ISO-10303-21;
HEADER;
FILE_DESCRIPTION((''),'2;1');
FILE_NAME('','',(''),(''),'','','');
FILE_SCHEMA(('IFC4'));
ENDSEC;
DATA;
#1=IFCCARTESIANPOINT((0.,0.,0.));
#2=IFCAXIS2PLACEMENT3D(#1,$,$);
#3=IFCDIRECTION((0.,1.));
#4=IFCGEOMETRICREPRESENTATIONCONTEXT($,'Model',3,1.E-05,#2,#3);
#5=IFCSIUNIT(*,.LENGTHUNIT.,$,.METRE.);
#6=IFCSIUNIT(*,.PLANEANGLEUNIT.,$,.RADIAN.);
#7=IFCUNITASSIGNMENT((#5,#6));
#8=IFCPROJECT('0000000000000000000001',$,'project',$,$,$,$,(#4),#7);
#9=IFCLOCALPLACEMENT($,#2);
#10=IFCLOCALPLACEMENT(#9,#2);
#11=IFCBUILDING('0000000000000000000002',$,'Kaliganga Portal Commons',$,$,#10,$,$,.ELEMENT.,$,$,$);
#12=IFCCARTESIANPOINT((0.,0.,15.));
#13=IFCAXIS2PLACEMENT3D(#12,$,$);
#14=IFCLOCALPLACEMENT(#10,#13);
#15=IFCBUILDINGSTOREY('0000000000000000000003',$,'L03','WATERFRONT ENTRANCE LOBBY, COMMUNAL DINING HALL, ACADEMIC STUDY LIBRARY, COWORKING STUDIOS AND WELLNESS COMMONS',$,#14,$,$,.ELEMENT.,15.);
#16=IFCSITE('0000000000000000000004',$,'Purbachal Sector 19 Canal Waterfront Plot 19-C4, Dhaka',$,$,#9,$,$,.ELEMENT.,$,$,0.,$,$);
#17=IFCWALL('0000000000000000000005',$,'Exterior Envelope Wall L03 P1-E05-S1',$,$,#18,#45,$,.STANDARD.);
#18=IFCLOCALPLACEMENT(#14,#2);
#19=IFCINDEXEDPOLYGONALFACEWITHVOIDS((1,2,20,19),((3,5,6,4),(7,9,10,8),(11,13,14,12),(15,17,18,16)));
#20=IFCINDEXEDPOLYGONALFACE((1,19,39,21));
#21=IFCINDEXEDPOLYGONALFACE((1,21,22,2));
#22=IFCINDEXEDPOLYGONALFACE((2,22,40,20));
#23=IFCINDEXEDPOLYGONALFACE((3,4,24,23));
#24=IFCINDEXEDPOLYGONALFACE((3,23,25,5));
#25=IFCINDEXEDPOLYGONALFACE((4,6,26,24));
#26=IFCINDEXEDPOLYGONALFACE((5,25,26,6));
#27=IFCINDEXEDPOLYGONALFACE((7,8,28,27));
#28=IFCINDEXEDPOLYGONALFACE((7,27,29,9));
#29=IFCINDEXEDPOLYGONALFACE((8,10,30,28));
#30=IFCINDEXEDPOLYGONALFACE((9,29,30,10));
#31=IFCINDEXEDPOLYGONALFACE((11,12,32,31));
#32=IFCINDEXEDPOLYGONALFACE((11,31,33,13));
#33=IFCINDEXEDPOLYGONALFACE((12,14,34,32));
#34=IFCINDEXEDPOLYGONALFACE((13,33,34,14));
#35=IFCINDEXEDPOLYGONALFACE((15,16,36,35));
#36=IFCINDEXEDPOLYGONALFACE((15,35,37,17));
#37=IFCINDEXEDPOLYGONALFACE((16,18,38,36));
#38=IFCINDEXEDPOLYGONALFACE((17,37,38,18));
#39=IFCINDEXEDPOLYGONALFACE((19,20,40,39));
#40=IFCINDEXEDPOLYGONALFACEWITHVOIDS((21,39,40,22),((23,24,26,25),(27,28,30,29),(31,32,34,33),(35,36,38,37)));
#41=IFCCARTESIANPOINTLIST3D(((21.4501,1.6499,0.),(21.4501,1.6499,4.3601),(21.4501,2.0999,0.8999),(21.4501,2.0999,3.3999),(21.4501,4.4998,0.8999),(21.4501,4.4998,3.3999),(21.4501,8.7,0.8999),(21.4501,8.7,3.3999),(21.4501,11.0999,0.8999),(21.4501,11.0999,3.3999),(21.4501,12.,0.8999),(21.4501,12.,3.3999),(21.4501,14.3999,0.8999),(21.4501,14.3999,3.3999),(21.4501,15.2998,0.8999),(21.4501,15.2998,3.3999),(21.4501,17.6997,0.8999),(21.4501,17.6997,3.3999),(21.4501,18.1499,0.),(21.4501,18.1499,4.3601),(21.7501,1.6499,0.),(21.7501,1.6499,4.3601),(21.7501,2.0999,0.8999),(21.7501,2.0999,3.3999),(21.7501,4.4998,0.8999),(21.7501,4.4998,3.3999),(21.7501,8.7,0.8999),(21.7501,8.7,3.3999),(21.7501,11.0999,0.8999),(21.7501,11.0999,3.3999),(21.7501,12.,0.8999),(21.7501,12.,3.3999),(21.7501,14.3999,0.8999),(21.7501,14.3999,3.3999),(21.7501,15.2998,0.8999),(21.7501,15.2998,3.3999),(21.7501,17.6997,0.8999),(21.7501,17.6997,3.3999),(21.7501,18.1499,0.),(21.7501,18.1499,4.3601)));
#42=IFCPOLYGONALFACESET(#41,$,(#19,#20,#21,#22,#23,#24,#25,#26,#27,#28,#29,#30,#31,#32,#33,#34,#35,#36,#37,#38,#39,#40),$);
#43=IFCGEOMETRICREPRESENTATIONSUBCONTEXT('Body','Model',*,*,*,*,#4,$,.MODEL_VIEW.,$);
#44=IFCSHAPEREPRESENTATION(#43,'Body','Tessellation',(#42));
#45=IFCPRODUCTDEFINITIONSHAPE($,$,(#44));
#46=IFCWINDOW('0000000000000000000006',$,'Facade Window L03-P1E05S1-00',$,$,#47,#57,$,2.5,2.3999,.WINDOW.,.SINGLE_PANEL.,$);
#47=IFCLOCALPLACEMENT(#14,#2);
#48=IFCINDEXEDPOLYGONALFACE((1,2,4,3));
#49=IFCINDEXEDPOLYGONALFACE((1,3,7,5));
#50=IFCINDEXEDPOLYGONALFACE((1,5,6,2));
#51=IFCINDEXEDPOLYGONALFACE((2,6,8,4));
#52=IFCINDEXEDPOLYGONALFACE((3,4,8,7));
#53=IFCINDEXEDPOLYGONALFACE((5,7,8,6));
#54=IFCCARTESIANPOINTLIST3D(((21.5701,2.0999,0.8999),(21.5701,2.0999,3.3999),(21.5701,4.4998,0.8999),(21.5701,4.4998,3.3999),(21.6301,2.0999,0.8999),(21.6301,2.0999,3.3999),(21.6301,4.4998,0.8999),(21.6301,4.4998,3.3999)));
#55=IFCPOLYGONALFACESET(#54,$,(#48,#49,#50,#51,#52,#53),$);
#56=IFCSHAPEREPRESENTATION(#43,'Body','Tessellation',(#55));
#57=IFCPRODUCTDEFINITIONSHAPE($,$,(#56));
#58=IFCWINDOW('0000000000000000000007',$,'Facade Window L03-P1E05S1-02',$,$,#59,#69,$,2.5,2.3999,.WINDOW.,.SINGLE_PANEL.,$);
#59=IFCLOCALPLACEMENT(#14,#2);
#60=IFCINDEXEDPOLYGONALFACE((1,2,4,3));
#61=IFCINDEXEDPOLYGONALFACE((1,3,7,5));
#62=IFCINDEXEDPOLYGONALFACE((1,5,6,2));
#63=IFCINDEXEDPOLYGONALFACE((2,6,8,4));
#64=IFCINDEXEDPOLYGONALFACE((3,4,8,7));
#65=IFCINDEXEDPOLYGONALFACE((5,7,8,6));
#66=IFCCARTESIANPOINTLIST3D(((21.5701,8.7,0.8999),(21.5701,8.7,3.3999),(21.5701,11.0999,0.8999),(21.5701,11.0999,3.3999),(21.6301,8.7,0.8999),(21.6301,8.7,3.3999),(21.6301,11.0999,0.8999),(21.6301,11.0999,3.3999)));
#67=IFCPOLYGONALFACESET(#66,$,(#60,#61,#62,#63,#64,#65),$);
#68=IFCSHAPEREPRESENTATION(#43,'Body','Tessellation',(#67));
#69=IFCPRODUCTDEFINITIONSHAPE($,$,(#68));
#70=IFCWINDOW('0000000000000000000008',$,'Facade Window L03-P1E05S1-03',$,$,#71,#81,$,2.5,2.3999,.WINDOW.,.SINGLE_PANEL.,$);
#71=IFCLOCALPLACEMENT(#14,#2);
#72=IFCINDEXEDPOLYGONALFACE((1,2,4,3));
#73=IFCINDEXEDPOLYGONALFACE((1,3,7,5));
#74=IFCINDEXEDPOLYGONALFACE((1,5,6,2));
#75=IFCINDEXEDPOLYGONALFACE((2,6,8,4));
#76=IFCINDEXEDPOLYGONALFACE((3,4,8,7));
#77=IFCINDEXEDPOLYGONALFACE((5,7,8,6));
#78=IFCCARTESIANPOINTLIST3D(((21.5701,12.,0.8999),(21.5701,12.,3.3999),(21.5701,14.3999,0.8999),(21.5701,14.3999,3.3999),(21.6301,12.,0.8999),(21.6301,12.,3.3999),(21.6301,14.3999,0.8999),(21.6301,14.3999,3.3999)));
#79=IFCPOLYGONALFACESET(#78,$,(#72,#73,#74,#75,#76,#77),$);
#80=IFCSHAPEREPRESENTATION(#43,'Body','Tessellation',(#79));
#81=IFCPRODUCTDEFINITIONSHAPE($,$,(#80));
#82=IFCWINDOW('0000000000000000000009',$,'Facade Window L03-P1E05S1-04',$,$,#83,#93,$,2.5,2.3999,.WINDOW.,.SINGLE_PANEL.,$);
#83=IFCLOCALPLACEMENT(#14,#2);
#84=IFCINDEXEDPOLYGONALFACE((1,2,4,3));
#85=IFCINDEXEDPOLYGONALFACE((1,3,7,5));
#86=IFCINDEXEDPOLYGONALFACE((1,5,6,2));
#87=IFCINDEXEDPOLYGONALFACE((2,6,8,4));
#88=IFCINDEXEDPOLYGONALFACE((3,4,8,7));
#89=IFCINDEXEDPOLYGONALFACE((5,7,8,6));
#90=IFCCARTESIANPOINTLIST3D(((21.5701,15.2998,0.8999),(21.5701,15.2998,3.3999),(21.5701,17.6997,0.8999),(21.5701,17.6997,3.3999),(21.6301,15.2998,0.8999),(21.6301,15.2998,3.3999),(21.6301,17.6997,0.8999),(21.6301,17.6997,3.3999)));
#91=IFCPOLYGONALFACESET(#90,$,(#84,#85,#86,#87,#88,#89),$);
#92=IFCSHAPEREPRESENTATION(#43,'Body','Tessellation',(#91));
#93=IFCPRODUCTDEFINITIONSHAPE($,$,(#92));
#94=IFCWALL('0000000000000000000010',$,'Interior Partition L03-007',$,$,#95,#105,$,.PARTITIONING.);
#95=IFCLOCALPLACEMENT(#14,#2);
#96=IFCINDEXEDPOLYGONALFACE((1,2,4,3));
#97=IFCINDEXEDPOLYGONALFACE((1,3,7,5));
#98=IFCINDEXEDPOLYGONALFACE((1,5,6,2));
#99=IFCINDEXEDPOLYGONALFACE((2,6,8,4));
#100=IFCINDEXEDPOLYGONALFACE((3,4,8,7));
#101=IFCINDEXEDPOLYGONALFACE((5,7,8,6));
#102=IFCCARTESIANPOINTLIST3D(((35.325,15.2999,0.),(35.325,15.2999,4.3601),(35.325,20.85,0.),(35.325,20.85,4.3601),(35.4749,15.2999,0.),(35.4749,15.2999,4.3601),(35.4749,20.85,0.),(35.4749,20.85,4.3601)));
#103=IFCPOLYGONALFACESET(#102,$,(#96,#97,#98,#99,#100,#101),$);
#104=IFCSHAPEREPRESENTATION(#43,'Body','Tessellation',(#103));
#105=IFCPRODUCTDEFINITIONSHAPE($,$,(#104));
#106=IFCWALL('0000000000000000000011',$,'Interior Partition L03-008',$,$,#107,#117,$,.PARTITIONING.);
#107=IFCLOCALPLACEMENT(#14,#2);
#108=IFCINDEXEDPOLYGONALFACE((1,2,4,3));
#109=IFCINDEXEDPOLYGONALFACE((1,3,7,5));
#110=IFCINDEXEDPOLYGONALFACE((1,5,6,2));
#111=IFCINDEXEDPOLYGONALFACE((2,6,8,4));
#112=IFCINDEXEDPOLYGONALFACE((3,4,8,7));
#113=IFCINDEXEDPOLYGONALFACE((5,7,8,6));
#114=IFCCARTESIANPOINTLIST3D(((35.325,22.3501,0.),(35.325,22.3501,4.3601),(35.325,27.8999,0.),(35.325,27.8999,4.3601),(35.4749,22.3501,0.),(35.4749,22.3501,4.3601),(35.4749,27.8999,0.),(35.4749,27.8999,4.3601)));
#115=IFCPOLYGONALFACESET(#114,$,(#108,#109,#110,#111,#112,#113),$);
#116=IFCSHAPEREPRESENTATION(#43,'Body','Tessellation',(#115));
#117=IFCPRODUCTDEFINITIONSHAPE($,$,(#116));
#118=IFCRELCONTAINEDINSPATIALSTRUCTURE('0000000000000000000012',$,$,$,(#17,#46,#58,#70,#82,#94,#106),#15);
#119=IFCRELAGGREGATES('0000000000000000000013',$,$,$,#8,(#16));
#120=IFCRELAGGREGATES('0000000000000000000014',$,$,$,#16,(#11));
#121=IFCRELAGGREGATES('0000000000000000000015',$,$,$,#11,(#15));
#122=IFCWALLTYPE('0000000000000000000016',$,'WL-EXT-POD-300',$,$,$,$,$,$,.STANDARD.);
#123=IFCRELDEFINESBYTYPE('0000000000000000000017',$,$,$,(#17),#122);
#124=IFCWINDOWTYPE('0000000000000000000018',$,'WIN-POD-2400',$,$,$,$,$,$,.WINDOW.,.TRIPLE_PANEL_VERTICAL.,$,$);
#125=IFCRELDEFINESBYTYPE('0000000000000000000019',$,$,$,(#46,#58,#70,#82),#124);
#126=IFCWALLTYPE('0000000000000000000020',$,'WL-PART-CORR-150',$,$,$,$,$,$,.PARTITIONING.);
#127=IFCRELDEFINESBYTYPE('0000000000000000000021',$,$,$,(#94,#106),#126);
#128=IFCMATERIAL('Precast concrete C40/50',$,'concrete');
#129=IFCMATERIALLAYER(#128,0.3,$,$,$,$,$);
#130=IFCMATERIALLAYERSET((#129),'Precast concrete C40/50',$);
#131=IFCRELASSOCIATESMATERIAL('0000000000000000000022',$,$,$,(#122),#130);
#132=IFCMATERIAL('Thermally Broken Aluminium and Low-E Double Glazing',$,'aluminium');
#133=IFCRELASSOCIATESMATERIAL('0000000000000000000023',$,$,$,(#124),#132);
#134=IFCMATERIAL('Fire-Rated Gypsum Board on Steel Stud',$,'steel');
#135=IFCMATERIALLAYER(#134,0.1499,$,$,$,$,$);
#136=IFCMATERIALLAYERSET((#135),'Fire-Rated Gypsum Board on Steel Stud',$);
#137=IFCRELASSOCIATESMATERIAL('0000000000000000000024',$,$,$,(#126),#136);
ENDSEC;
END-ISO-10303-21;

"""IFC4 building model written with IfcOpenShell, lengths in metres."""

from ifc_helpers import new_model, si_unit, direction, frame, frame_2d, origin, place, context, subcontext, project, spatial, rectangle, extrude, material, layer, layer_set, type_object, element, fill, save


model = new_model("IFC4")

# Units and contexts
model_context = context("Model", 3, precision=1e-05, world=origin(), true_north=direction((0.0, 1.0)))
body_context = subcontext(model_context, "Body", "Model", "MODEL_VIEW")
ifc_project = project(units=[si_unit("LENGTHUNIT", "METRE"), si_unit("PLANEANGLEUNIT", "RADIAN")], contexts=[model_context])

# Site, building, storey
site_placement = place(None, origin())
site = spatial("IfcSite", under=ifc_project, at=site_placement, Name="Purbachal Sector 19 Canal Waterfront Plot 19-C4, Dhaka", CompositionType="ELEMENT", RefElevation=0.0)
building_placement = place(site_placement, origin())
building = spatial("IfcBuilding", under=site, at=building_placement, Name="Kaliganga Portal Commons", CompositionType="ELEMENT")
storey_placement = place(building_placement, frame((0.0, 0.0, 15.0)))
storey = spatial("IfcBuildingStorey", under=building, at=storey_placement, Name="L03", Description="WATERFRONT ENTRANCE LOBBY, COMMUNAL DINING HALL, ACADEMIC STUDY LIBRARY, COWORKING STUDIOS AND WELLNESS COMMONS", CompositionType="ELEMENT", Elevation=15.0)

# Shared definitions
ifc_material_1 = material(Name="Precast concrete C40/50", Category="concrete")
ifc_layer_1 = layer(ifc_material_1, 0.3)
ifc_layer_set_1 = layer_set([ifc_layer_1], Name="Precast concrete C40/50")
wall_type_1 = type_object("IfcWallType", Name="WL-EXT-POD-300", PredefinedType="STANDARD", material=ifc_layer_set_1)

# Shared definitions
ifc_material_2 = material(Name="Thermally Broken Aluminium and Low-E Double Glazing", Category="aluminium")
window_type = type_object("IfcWindowType", Name="WIN-POD-2400", PartitioningType="TRIPLE_PANEL_VERTICAL", PredefinedType="WINDOW", material=ifc_material_2)

# Wall, openings, windows
wall_1_placement = place(storey_placement, frame((21.6001, 1.6499, 0.0), z_axis=(0.0, 0.0, 1.0), x_axis=(0.0, 1.0, 0.0)))
wall_1 = element("IfcWall", 1, at=wall_1_placement, inside=storey, type_object=wall_type_1, Name="Exterior Envelope Wall L03 P1-E05-S1", PredefinedType="STANDARD", context=body_context, shape_type="SweptSolid", body=[
    extrude(rectangle(XDim=16.5, YDim=0.3, at=frame_2d((8.25, 0.0))), origin(), (0.0, 0.0, 1.0), 4.3601),
])
opening_1_placement = place(wall_1_placement, frame((0.45, 0.0, 0.8999)))
opening_1 = element("IfcOpeningElement", 2, at=opening_1_placement, cuts=wall_1, PredefinedType="OPENING", context=body_context, shape_type="SweptSolid", body=[
    extrude(rectangle(XDim=2.3999, YDim=2.5, at=frame_2d((1.2, 1.25))), frame((0.0, 0.1602, 0.0), z_axis=(0.0, -1.0, 0.0), x_axis=(1.0, 0.0, 0.0)), (0.0, 0.0, 1.0), 0.3201),
])
opening_2_placement = place(wall_1_placement, frame((7.05, 0.0, 0.8999)))
opening_2 = element("IfcOpeningElement", 3, at=opening_2_placement, cuts=wall_1, PredefinedType="OPENING", context=body_context, shape_type="SweptSolid", body=[
    extrude(rectangle(XDim=2.3999, YDim=2.5, at=frame_2d((1.2, 1.25))), frame((0.0, 0.1602, 0.0), z_axis=(0.0, -1.0, 0.0), x_axis=(1.0, 0.0, 0.0)), (0.0, 0.0, 1.0), 0.3201),
])
opening_3_placement = place(wall_1_placement, frame((10.3501, 0.0, 0.8999)))
opening_3 = element("IfcOpeningElement", 4, at=opening_3_placement, cuts=wall_1, PredefinedType="OPENING", context=body_context, shape_type="SweptSolid", body=[
    extrude(rectangle(XDim=2.3999, YDim=2.5, at=frame_2d((1.2, 1.25))), frame((0.0, 0.1602, 0.0), z_axis=(0.0, -1.0, 0.0), x_axis=(1.0, 0.0, 0.0)), (0.0, 0.0, 1.0), 0.3201),
])
opening_4_placement = place(wall_1_placement, frame((13.6499, 0.0, 0.8999)))
opening_4 = element("IfcOpeningElement", 5, at=opening_4_placement, cuts=wall_1, PredefinedType="OPENING", context=body_context, shape_type="SweptSolid", body=[
    extrude(rectangle(XDim=2.3999, YDim=2.5, at=frame_2d((1.2, 1.25))), frame((0.0, 0.1602, 0.0), z_axis=(0.0, -1.0, 0.0), x_axis=(1.0, 0.0, 0.0)), (0.0, 0.0, 1.0), 0.3201),
])
window_1_placement = place(opening_1_placement, origin())
window_1 = element("IfcWindow", 6, at=window_1_placement, inside=storey, type_object=window_type, Name="Facade Window L03-P1E05S1-00", OverallHeight=2.5, OverallWidth=2.3999, PartitioningType="SINGLE_PANEL", PredefinedType="WINDOW", context=body_context, shape_type="SweptSolid", body=[
    extrude(rectangle(XDim=2.3999, YDim=2.5, at=frame_2d((1.2, 1.25))), frame((0.0, 0.03, 0.0), z_axis=(0.0, -1.0, 0.0), x_axis=(1.0, 0.0, 0.0)), (0.0, 0.0, 1.0), 0.0601),
])
fill(opening_1, window_1)
window_2_placement = place(opening_2_placement, origin())
window_2 = element("IfcWindow", 7, at=window_2_placement, inside=storey, type_object=window_type, Name="Facade Window L03-P1E05S1-02", OverallHeight=2.5, OverallWidth=2.3999, PartitioningType="SINGLE_PANEL", PredefinedType="WINDOW", context=body_context, shape_type="SweptSolid", body=[
    extrude(rectangle(XDim=2.3999, YDim=2.5, at=frame_2d((1.2, 1.25))), frame((0.0, 0.03, 0.0), z_axis=(0.0, -1.0, 0.0), x_axis=(1.0, 0.0, 0.0)), (0.0, 0.0, 1.0), 0.0601),
])
fill(opening_2, window_2)
window_3_placement = place(opening_3_placement, origin())
window_3 = element("IfcWindow", 8, at=window_3_placement, inside=storey, type_object=window_type, Name="Facade Window L03-P1E05S1-03", OverallHeight=2.5, OverallWidth=2.3999, PartitioningType="SINGLE_PANEL", PredefinedType="WINDOW", context=body_context, shape_type="SweptSolid", body=[
    extrude(rectangle(XDim=2.3999, YDim=2.5, at=frame_2d((1.2, 1.25))), frame((0.0, 0.03, 0.0), z_axis=(0.0, -1.0, 0.0), x_axis=(1.0, 0.0, 0.0)), (0.0, 0.0, 1.0), 0.0601),
])
fill(opening_3, window_3)
window_4_placement = place(opening_4_placement, origin())
window_4 = element("IfcWindow", 9, at=window_4_placement, inside=storey, type_object=window_type, Name="Facade Window L03-P1E05S1-04", OverallHeight=2.5, OverallWidth=2.3999, PartitioningType="SINGLE_PANEL", PredefinedType="WINDOW", context=body_context, shape_type="SweptSolid", body=[
    extrude(rectangle(XDim=2.3999, YDim=2.5, at=frame_2d((1.2, 1.25))), frame((0.0, 0.03, 0.0), z_axis=(0.0, -1.0, 0.0), x_axis=(1.0, 0.0, 0.0)), (0.0, 0.0, 1.0), 0.0601),
])
fill(opening_4, window_4)

# Walls
ifc_material_3 = material(Name="Fire-Rated Gypsum Board on Steel Stud", Category="steel")
ifc_layer_2 = layer(ifc_material_3, 0.1499)
ifc_layer_set_2 = layer_set([ifc_layer_2], Name="Fire-Rated Gypsum Board on Steel Stud")
wall_type_2 = type_object("IfcWallType", Name="WL-PART-CORR-150", PredefinedType="PARTITIONING", material=ifc_layer_set_2)
wall_2_placement = place(storey_placement, frame((35.3999, 15.3, 0.0), z_axis=(0.0, 0.0, 1.0), x_axis=(0.0, 1.0, 0.0)))
element("IfcWall", 10, at=wall_2_placement, inside=storey, type_object=wall_type_2, Name="Interior Partition L03-007", PredefinedType="PARTITIONING", context=body_context, shape_type="SweptSolid", body=[
    extrude(rectangle(XDim=5.55, YDim=0.1499, at=frame_2d((2.7749, 0.0))), origin(), (0.0, 0.0, 1.0), 4.3601),
])
wall_3_placement = place(storey_placement, frame((35.3999, 22.3501, 0.0), z_axis=(0.0, 0.0, 1.0), x_axis=(0.0, 1.0, 0.0)))
element("IfcWall", 11, at=wall_3_placement, inside=storey, type_object=wall_type_2, Name="Interior Partition L03-008", PredefinedType="PARTITIONING", context=body_context, shape_type="SweptSolid", body=[
    extrude(rectangle(XDim=5.5498, YDim=0.1499, at=frame_2d((2.7749, 0.0))), origin(), (0.0, 0.0, 1.0), 4.3601),
])

save(model, "model.ifc")
